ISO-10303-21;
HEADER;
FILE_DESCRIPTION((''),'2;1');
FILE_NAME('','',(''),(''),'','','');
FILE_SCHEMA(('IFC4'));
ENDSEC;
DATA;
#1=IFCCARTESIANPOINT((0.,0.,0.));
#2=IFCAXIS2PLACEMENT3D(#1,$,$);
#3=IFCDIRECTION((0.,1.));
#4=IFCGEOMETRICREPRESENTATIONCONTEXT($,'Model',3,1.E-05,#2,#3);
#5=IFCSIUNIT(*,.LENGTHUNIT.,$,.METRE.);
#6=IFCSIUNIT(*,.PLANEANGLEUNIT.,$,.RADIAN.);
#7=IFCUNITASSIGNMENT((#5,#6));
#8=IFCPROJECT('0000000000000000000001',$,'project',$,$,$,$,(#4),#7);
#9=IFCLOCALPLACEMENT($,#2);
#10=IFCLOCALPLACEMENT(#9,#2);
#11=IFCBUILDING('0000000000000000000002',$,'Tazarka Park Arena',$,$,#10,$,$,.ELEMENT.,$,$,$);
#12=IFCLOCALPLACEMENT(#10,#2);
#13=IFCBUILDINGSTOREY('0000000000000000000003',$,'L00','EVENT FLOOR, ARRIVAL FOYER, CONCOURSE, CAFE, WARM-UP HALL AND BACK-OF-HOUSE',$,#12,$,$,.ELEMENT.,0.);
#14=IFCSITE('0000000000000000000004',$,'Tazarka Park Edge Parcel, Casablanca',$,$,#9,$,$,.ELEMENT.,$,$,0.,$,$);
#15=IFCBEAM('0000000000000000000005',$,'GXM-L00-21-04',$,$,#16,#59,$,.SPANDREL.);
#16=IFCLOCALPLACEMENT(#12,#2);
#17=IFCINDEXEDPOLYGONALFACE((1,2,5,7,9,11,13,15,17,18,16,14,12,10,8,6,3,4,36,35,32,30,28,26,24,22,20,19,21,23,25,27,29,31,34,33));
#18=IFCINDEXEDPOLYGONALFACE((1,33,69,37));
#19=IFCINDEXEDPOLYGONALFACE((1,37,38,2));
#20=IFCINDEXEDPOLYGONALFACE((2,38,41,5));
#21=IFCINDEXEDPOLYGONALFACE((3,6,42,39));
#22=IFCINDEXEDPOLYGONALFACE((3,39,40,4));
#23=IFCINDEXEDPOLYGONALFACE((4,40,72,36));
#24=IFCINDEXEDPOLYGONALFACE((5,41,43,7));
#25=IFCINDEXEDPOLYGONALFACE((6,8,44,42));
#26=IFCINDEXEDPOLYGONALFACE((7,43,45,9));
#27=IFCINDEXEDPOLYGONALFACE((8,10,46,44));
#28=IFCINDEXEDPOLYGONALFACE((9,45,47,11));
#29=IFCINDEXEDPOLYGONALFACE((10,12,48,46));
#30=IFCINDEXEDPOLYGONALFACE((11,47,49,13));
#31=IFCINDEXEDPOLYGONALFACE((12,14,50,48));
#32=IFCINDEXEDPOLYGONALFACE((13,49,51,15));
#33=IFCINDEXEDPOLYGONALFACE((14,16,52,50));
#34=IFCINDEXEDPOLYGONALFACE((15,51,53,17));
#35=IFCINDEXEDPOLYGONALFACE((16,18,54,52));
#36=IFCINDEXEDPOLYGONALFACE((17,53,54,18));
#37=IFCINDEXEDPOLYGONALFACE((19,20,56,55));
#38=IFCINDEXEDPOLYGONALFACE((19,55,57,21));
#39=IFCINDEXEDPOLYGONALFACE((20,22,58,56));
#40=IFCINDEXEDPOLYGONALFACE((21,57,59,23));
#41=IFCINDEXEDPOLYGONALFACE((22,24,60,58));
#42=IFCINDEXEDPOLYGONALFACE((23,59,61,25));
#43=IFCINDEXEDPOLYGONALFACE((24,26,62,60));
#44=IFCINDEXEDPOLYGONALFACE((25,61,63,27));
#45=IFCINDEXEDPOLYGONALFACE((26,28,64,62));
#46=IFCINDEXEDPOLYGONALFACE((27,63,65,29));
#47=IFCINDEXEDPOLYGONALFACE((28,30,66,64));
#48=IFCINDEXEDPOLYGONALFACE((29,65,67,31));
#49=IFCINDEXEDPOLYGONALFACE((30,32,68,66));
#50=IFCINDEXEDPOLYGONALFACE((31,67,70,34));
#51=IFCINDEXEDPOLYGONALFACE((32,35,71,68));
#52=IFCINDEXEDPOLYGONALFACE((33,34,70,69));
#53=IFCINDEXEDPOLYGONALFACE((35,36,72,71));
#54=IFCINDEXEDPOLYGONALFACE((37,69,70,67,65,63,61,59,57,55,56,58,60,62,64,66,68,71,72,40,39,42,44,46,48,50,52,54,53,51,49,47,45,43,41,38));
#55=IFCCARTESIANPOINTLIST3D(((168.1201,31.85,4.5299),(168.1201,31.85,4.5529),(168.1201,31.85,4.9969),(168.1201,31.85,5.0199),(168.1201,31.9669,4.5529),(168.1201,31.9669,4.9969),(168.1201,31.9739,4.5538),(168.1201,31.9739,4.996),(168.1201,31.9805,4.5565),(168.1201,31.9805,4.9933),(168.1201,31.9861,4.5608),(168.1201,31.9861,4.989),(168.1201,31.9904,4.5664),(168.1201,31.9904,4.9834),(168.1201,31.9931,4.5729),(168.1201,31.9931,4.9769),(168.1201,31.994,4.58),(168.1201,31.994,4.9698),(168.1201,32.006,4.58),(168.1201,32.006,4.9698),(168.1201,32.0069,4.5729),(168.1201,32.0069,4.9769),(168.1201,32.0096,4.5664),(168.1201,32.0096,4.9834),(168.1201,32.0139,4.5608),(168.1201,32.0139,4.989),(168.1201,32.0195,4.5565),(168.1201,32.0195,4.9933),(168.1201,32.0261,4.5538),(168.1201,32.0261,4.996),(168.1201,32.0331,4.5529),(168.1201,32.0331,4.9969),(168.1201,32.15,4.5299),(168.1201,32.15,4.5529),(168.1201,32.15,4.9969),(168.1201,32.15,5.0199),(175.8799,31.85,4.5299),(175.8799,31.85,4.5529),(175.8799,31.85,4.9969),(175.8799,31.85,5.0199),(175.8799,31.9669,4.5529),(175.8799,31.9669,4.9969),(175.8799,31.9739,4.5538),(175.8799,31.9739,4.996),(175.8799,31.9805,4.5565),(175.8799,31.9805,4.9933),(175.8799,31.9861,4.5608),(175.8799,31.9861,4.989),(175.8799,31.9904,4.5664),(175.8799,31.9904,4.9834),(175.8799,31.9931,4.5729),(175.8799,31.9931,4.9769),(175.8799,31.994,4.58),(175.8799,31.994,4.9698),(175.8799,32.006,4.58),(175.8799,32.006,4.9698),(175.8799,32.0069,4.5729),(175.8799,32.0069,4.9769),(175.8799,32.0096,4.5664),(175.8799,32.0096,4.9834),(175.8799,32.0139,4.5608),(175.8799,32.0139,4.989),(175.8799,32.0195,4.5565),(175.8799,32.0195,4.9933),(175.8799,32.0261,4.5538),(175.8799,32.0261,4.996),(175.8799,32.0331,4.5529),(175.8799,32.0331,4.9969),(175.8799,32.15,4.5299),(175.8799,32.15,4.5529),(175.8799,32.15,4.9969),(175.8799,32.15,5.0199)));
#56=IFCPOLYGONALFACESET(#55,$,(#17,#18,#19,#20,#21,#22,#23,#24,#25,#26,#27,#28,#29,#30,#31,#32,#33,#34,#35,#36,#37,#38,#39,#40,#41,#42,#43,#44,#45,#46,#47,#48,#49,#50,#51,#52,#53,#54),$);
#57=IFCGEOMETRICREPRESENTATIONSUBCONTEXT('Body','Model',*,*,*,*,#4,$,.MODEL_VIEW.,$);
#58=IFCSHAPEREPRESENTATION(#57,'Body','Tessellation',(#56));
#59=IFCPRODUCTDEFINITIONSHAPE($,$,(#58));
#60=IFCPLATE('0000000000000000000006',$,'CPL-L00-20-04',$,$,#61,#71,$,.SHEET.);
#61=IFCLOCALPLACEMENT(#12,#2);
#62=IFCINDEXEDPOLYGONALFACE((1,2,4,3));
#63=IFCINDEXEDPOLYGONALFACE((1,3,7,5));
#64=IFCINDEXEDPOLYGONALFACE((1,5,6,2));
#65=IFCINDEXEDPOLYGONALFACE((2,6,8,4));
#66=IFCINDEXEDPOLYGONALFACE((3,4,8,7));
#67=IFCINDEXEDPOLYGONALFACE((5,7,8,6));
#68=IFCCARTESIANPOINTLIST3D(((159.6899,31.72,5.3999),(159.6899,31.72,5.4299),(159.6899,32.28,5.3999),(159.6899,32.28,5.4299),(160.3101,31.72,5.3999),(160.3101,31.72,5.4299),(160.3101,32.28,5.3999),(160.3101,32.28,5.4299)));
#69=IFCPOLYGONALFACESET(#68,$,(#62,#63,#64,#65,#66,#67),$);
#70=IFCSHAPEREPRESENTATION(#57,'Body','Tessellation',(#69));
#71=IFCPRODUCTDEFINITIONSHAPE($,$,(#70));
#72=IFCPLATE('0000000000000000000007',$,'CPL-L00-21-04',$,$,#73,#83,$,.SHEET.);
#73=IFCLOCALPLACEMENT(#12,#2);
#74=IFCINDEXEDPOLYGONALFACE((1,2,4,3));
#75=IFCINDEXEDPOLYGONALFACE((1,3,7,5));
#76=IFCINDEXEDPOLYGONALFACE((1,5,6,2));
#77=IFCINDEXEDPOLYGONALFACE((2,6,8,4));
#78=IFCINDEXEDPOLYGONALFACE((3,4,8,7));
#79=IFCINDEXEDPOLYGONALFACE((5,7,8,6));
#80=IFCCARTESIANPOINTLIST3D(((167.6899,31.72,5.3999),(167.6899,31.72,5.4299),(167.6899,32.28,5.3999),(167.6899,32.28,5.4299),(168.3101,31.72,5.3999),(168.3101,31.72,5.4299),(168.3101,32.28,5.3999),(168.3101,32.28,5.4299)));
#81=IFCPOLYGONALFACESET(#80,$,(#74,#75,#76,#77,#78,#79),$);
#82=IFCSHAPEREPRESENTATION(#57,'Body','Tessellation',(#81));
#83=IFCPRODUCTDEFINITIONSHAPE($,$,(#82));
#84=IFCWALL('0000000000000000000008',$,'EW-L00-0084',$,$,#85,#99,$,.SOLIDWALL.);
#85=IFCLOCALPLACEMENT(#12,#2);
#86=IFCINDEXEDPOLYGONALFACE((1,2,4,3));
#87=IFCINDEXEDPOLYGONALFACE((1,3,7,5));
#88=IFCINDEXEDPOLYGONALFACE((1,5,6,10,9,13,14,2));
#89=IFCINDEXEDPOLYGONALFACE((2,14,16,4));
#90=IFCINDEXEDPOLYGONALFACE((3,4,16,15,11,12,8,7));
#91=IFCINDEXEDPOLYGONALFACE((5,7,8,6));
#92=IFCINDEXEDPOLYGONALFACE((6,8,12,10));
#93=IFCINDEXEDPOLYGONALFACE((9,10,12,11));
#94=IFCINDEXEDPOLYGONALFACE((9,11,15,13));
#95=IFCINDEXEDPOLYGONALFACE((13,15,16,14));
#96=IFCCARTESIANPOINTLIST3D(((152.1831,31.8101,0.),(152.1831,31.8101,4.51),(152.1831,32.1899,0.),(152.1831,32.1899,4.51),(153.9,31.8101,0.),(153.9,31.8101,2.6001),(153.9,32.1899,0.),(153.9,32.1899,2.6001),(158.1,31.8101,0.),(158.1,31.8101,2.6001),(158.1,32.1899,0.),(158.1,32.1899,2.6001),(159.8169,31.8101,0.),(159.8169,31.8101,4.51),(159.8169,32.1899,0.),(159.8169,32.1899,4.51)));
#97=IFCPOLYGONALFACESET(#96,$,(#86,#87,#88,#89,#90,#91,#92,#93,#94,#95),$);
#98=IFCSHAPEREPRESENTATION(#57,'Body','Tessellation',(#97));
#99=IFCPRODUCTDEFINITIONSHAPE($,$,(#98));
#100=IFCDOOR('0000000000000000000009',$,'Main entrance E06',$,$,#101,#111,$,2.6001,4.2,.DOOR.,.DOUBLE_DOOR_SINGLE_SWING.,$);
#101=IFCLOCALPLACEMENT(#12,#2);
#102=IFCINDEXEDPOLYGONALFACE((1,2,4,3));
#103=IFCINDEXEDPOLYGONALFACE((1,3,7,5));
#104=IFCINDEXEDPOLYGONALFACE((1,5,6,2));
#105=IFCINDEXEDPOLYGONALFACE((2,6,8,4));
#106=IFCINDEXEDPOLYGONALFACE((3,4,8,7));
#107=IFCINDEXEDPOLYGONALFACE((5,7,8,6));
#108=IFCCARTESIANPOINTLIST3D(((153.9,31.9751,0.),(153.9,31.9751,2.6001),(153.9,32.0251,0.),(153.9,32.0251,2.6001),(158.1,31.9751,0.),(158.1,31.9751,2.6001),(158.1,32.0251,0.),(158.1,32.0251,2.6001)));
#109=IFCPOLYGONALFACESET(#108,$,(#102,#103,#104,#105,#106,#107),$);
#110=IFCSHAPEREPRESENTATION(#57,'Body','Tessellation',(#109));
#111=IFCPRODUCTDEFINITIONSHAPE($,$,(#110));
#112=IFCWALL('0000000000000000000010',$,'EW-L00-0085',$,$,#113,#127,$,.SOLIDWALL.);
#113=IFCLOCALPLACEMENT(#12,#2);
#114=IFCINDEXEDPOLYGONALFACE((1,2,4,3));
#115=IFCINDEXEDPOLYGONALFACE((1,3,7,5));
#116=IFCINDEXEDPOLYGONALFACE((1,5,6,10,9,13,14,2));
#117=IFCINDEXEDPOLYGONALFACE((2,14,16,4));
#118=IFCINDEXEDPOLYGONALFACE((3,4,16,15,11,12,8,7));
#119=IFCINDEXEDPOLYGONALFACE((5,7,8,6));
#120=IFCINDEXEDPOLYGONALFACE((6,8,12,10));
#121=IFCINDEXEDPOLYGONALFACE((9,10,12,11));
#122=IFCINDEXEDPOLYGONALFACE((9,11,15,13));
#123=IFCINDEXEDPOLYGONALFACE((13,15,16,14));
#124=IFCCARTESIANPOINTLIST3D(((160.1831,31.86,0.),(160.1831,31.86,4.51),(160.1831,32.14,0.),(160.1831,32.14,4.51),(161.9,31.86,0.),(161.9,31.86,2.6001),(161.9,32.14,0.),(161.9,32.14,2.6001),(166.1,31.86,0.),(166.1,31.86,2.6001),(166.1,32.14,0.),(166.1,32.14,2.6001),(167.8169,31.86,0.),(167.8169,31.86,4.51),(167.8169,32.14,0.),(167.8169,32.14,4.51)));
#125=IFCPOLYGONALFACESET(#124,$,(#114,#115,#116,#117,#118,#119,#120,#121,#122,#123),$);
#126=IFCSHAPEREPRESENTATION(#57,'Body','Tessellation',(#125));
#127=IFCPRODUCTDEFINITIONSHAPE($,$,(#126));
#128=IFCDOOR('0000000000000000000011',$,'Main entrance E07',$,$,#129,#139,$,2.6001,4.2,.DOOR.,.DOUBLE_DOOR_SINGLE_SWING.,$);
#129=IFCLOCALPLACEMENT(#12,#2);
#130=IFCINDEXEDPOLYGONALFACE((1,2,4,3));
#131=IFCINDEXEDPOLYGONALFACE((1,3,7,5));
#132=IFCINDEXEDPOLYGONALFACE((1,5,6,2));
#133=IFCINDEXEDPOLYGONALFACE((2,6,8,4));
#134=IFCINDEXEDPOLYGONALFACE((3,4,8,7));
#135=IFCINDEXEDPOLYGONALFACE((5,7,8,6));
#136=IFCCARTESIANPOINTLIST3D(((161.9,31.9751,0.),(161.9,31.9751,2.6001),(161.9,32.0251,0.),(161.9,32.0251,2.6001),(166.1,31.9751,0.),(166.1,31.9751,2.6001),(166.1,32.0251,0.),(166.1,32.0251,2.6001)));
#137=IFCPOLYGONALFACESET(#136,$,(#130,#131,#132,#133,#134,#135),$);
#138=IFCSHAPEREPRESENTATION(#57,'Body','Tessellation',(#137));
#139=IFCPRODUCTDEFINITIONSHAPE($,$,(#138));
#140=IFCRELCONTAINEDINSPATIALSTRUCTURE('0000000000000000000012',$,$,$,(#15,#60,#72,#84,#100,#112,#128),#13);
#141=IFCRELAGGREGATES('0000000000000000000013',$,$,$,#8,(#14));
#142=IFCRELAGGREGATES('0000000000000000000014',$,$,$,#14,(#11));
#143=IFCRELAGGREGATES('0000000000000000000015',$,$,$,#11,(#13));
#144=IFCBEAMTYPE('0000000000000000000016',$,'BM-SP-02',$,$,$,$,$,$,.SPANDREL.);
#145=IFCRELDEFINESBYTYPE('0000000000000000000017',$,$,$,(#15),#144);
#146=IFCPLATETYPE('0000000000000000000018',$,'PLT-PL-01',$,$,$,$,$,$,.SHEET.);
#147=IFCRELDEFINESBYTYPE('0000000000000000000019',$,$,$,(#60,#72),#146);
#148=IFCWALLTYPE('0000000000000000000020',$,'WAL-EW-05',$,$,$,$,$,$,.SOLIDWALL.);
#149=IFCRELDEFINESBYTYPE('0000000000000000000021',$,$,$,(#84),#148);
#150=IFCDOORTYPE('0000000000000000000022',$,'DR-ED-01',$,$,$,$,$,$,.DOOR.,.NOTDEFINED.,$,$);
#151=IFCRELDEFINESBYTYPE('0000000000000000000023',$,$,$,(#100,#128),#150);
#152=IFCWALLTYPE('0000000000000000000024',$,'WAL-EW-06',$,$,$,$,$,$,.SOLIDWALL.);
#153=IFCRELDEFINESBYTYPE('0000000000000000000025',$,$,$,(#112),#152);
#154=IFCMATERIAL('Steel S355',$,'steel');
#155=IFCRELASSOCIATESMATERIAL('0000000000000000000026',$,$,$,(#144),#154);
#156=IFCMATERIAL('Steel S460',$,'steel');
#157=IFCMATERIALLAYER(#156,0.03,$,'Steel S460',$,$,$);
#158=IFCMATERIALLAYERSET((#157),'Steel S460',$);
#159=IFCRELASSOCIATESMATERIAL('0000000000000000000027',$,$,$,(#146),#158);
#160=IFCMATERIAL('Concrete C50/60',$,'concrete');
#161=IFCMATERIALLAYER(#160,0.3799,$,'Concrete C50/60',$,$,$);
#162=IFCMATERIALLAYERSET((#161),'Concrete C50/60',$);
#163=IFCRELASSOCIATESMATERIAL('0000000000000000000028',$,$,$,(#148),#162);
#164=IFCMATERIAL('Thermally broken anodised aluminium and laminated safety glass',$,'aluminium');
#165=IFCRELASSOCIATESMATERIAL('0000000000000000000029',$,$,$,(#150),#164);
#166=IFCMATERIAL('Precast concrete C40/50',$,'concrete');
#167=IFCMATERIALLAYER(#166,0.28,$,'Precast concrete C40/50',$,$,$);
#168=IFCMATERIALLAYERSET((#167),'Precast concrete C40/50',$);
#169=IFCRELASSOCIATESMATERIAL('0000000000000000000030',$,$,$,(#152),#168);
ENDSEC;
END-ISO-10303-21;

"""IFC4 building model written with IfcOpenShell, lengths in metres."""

from ifc_helpers import new_model, si_unit, direction, frame, frame_2d, origin, origin_2d, place, context, subcontext, project, spatial, rectangle, i_section, extrude, material, layer, layer_set, material_profile, profile_set, type_object, element, fill, save


model = new_model("IFC4")

# Units and contexts
model_context = context("Model", 3, precision=1e-05, world=origin(), true_north=direction((0.0, 1.0)))
body_context = subcontext(model_context, "Body", "Model", "MODEL_VIEW")
ifc_project = project(units=[si_unit("LENGTHUNIT", "METRE"), si_unit("PLANEANGLEUNIT", "RADIAN")], contexts=[model_context])

# Site, building, storey
site_placement = place(None, origin())
site = spatial("IfcSite", under=ifc_project, at=site_placement, Name="Tazarka Park Edge Parcel, Casablanca", CompositionType="ELEMENT", RefElevation=0.0)
building_placement = place(site_placement, origin())
building = spatial("IfcBuilding", under=site, at=building_placement, Name="Tazarka Park Arena", CompositionType="ELEMENT")
storey_placement = place(building_placement, origin())
storey = spatial("IfcBuildingStorey", under=building, at=storey_placement, Name="L00", Description="EVENT FLOOR, ARRIVAL FOYER, CONCOURSE, CAFE, WARM-UP HALL AND BACK-OF-HOUSE", CompositionType="ELEMENT", Elevation=0.0)

# Beam
ifc_material_1 = material(Name="Steel S355", Category="steel")
ifc_material_profile_1 = material_profile(ifc_material_1, i_section(OverallWidth=0.3, OverallDepth=0.49, WebThickness=0.012, FlangeThickness=0.0229, FilletRadius=0.0271, at=origin_2d()), Name="Steel S355")
ifc_profile_set_1 = profile_set([ifc_material_profile_1], Name="Steel S355")
beam_type_1 = type_object("IfcBeamType", Name="BM-SP-02", PredefinedType="SPANDREL", material=ifc_profile_set_1)
for number, where, z_axis, x_axis, name in (
    (1, (168.1201, 32.0, 4.7749), (1.0, 0.0, 0.0), (0.0, 1.0, 0.0), "GXM-L00-21-04"),
):
    element("IfcBeam", number, at=place(storey_placement, frame(where, z_axis=z_axis, x_axis=x_axis)), inside=storey, type_object=beam_type_1, Name=name, PredefinedType="SPANDREL", context=body_context, shape_type="SweptSolid", body=[
        extrude(i_section(OverallWidth=0.3, OverallDepth=0.49, WebThickness=0.012, FlangeThickness=0.0229, FilletRadius=0.0271, at=origin_2d()), origin(), (0.0, 0.0, 1.0), 7.7598),
    ])

# Plates
ifc_material_2 = material(Name="Steel S460", Category="steel")
ifc_layer_1 = layer(ifc_material_2, 0.03, Name="Steel S460")
ifc_layer_set_1 = layer_set([ifc_layer_1], Name="Steel S460")
plate_type = type_object("IfcPlateType", Name="PLT-PL-01", PredefinedType="SHEET", material=ifc_layer_set_1)
for number, where, z_axis, x_axis, name in (
    (2, (160.0, 32.0, 5.3999), (0.0, 0.0, 1.0), (1.0, 0.0, 0.0), "CPL-L00-20-04"),
    (3, (168.0, 32.0, 5.3999), (0.0, 0.0, 1.0), (1.0, 0.0, 0.0), "CPL-L00-21-04"),
):
    element("IfcPlate", number, at=place(storey_placement, frame(where, z_axis=z_axis, x_axis=x_axis)), inside=storey, type_object=plate_type, Name=name, PredefinedType="SHEET", context=body_context, shape_type="SweptSolid", body=[
        extrude(rectangle(XDim=0.6201, YDim=0.5601, at=origin_2d()), origin(), (0.0, 0.0, 1.0), 0.03),
    ])

# Walls, openings, doors
ifc_material_3 = material(Name="Concrete C50/60", Category="concrete")
ifc_layer_2 = layer(ifc_material_3, 0.3799, Name="Concrete C50/60")
ifc_layer_set_2 = layer_set([ifc_layer_2], Name="Concrete C50/60")
wall_type_1 = type_object("IfcWallType", Name="WAL-EW-05", PredefinedType="SOLIDWALL", material=ifc_layer_set_2)
wall_1_placement = place(storey_placement, frame((159.8169, 32.0, 0.0), z_axis=(0.0, 0.0, 1.0), x_axis=(-1.0, 0.0, 0.0)))
wall_1 = element("IfcWall", 4, at=wall_1_placement, inside=storey, type_object=wall_type_1, Name="EW-L00-0084", PredefinedType="SOLIDWALL", context=body_context, shape_type="SweptSolid", body=[
    extrude(rectangle(XDim=7.6338, YDim=0.3799, at=frame_2d((3.8169, 0.0))), origin(), (0.0, 0.0, 1.0), 4.51),
])
opening_1_placement = place(wall_1_placement, frame((1.7168, 0.0, 0.0)))
opening_1 = element("IfcOpeningElement", 5, at=opening_1_placement, cuts=wall_1, PredefinedType="OPENING", context=body_context, shape_type="SweptSolid", body=[
    extrude(rectangle(XDim=4.2, YDim=2.6001, at=frame_2d((2.1001, 1.3))), frame((0.0, 0.2, 0.0), z_axis=(0.0, -1.0, 0.0), x_axis=(1.0, 0.0, 0.0)), (0.0, 0.0, 1.0), 0.3999),
])
ifc_material_4 = material(Name="Thermally broken anodised aluminium and laminated safety glass", Category="aluminium")
door_type = type_object("IfcDoorType", Name="DR-ED-01", OperationType="NOTDEFINED", PredefinedType="DOOR", material=ifc_material_4)
door_1_placement = place(opening_1_placement, origin())
door_1 = element("IfcDoor", 6, at=door_1_placement, inside=storey, type_object=door_type, Name="Main entrance E06", OperationType="DOUBLE_DOOR_SINGLE_SWING", OverallHeight=2.6001, OverallWidth=4.2, PredefinedType="DOOR", context=body_context, shape_type="SweptSolid", body=[
    extrude(rectangle(XDim=4.2, YDim=2.6001, at=frame_2d((2.1001, 1.3))), frame((0.0, 0.0249, 0.0), z_axis=(0.0, -1.0, 0.0), x_axis=(1.0, 0.0, 0.0)), (0.0, 0.0, 1.0), 0.05),
])
fill(opening_1, door_1)
ifc_material_5 = material(Name="Precast concrete C40/50", Category="concrete")
ifc_layer_3 = layer(ifc_material_5, 0.28, Name="Precast concrete C40/50")
ifc_layer_set_3 = layer_set([ifc_layer_3], Name="Precast concrete C40/50")
wall_type_2 = type_object("IfcWallType", Name="WAL-EW-06", PredefinedType="SOLIDWALL", material=ifc_layer_set_3)
wall_2_placement = place(storey_placement, frame((167.8169, 32.0, 0.0), z_axis=(0.0, 0.0, 1.0), x_axis=(-1.0, 0.0, 0.0)))
wall_2 = element("IfcWall", 7, at=wall_2_placement, inside=storey, type_object=wall_type_2, Name="EW-L00-0085", PredefinedType="SOLIDWALL", context=body_context, shape_type="SweptSolid", body=[
    extrude(rectangle(XDim=7.6338, YDim=0.28, at=frame_2d((3.8169, 0.0))), origin(), (0.0, 0.0, 1.0), 4.51),
])
opening_2_placement = place(wall_2_placement, frame((1.7168, 0.0, 0.0)))
opening_2 = element("IfcOpeningElement", 8, at=opening_2_placement, cuts=wall_2, PredefinedType="OPENING", context=body_context, shape_type="SweptSolid", body=[
    extrude(rectangle(XDim=4.2, YDim=2.6001, at=frame_2d((2.1001, 1.3))), frame((0.0, 0.1499, 0.0), z_axis=(0.0, -1.0, 0.0), x_axis=(1.0, 0.0, 0.0)), (0.0, 0.0, 1.0), 0.3),
])
door_2_placement = place(opening_2_placement, origin())
door_2 = element("IfcDoor", 9, at=door_2_placement, inside=storey, type_object=door_type, Name="Main entrance E07", OperationType="DOUBLE_DOOR_SINGLE_SWING", OverallHeight=2.6001, OverallWidth=4.2, PredefinedType="DOOR", context=body_context, shape_type="SweptSolid", body=[
    extrude(rectangle(XDim=4.2, YDim=2.6001, at=frame_2d((2.1001, 1.3))), frame((0.0, 0.0249, 0.0), z_axis=(0.0, -1.0, 0.0), x_axis=(1.0, 0.0, 0.0)), (0.0, 0.0, 1.0), 0.05),
])
fill(opening_2, door_2)

save(model, "model.ifc")
